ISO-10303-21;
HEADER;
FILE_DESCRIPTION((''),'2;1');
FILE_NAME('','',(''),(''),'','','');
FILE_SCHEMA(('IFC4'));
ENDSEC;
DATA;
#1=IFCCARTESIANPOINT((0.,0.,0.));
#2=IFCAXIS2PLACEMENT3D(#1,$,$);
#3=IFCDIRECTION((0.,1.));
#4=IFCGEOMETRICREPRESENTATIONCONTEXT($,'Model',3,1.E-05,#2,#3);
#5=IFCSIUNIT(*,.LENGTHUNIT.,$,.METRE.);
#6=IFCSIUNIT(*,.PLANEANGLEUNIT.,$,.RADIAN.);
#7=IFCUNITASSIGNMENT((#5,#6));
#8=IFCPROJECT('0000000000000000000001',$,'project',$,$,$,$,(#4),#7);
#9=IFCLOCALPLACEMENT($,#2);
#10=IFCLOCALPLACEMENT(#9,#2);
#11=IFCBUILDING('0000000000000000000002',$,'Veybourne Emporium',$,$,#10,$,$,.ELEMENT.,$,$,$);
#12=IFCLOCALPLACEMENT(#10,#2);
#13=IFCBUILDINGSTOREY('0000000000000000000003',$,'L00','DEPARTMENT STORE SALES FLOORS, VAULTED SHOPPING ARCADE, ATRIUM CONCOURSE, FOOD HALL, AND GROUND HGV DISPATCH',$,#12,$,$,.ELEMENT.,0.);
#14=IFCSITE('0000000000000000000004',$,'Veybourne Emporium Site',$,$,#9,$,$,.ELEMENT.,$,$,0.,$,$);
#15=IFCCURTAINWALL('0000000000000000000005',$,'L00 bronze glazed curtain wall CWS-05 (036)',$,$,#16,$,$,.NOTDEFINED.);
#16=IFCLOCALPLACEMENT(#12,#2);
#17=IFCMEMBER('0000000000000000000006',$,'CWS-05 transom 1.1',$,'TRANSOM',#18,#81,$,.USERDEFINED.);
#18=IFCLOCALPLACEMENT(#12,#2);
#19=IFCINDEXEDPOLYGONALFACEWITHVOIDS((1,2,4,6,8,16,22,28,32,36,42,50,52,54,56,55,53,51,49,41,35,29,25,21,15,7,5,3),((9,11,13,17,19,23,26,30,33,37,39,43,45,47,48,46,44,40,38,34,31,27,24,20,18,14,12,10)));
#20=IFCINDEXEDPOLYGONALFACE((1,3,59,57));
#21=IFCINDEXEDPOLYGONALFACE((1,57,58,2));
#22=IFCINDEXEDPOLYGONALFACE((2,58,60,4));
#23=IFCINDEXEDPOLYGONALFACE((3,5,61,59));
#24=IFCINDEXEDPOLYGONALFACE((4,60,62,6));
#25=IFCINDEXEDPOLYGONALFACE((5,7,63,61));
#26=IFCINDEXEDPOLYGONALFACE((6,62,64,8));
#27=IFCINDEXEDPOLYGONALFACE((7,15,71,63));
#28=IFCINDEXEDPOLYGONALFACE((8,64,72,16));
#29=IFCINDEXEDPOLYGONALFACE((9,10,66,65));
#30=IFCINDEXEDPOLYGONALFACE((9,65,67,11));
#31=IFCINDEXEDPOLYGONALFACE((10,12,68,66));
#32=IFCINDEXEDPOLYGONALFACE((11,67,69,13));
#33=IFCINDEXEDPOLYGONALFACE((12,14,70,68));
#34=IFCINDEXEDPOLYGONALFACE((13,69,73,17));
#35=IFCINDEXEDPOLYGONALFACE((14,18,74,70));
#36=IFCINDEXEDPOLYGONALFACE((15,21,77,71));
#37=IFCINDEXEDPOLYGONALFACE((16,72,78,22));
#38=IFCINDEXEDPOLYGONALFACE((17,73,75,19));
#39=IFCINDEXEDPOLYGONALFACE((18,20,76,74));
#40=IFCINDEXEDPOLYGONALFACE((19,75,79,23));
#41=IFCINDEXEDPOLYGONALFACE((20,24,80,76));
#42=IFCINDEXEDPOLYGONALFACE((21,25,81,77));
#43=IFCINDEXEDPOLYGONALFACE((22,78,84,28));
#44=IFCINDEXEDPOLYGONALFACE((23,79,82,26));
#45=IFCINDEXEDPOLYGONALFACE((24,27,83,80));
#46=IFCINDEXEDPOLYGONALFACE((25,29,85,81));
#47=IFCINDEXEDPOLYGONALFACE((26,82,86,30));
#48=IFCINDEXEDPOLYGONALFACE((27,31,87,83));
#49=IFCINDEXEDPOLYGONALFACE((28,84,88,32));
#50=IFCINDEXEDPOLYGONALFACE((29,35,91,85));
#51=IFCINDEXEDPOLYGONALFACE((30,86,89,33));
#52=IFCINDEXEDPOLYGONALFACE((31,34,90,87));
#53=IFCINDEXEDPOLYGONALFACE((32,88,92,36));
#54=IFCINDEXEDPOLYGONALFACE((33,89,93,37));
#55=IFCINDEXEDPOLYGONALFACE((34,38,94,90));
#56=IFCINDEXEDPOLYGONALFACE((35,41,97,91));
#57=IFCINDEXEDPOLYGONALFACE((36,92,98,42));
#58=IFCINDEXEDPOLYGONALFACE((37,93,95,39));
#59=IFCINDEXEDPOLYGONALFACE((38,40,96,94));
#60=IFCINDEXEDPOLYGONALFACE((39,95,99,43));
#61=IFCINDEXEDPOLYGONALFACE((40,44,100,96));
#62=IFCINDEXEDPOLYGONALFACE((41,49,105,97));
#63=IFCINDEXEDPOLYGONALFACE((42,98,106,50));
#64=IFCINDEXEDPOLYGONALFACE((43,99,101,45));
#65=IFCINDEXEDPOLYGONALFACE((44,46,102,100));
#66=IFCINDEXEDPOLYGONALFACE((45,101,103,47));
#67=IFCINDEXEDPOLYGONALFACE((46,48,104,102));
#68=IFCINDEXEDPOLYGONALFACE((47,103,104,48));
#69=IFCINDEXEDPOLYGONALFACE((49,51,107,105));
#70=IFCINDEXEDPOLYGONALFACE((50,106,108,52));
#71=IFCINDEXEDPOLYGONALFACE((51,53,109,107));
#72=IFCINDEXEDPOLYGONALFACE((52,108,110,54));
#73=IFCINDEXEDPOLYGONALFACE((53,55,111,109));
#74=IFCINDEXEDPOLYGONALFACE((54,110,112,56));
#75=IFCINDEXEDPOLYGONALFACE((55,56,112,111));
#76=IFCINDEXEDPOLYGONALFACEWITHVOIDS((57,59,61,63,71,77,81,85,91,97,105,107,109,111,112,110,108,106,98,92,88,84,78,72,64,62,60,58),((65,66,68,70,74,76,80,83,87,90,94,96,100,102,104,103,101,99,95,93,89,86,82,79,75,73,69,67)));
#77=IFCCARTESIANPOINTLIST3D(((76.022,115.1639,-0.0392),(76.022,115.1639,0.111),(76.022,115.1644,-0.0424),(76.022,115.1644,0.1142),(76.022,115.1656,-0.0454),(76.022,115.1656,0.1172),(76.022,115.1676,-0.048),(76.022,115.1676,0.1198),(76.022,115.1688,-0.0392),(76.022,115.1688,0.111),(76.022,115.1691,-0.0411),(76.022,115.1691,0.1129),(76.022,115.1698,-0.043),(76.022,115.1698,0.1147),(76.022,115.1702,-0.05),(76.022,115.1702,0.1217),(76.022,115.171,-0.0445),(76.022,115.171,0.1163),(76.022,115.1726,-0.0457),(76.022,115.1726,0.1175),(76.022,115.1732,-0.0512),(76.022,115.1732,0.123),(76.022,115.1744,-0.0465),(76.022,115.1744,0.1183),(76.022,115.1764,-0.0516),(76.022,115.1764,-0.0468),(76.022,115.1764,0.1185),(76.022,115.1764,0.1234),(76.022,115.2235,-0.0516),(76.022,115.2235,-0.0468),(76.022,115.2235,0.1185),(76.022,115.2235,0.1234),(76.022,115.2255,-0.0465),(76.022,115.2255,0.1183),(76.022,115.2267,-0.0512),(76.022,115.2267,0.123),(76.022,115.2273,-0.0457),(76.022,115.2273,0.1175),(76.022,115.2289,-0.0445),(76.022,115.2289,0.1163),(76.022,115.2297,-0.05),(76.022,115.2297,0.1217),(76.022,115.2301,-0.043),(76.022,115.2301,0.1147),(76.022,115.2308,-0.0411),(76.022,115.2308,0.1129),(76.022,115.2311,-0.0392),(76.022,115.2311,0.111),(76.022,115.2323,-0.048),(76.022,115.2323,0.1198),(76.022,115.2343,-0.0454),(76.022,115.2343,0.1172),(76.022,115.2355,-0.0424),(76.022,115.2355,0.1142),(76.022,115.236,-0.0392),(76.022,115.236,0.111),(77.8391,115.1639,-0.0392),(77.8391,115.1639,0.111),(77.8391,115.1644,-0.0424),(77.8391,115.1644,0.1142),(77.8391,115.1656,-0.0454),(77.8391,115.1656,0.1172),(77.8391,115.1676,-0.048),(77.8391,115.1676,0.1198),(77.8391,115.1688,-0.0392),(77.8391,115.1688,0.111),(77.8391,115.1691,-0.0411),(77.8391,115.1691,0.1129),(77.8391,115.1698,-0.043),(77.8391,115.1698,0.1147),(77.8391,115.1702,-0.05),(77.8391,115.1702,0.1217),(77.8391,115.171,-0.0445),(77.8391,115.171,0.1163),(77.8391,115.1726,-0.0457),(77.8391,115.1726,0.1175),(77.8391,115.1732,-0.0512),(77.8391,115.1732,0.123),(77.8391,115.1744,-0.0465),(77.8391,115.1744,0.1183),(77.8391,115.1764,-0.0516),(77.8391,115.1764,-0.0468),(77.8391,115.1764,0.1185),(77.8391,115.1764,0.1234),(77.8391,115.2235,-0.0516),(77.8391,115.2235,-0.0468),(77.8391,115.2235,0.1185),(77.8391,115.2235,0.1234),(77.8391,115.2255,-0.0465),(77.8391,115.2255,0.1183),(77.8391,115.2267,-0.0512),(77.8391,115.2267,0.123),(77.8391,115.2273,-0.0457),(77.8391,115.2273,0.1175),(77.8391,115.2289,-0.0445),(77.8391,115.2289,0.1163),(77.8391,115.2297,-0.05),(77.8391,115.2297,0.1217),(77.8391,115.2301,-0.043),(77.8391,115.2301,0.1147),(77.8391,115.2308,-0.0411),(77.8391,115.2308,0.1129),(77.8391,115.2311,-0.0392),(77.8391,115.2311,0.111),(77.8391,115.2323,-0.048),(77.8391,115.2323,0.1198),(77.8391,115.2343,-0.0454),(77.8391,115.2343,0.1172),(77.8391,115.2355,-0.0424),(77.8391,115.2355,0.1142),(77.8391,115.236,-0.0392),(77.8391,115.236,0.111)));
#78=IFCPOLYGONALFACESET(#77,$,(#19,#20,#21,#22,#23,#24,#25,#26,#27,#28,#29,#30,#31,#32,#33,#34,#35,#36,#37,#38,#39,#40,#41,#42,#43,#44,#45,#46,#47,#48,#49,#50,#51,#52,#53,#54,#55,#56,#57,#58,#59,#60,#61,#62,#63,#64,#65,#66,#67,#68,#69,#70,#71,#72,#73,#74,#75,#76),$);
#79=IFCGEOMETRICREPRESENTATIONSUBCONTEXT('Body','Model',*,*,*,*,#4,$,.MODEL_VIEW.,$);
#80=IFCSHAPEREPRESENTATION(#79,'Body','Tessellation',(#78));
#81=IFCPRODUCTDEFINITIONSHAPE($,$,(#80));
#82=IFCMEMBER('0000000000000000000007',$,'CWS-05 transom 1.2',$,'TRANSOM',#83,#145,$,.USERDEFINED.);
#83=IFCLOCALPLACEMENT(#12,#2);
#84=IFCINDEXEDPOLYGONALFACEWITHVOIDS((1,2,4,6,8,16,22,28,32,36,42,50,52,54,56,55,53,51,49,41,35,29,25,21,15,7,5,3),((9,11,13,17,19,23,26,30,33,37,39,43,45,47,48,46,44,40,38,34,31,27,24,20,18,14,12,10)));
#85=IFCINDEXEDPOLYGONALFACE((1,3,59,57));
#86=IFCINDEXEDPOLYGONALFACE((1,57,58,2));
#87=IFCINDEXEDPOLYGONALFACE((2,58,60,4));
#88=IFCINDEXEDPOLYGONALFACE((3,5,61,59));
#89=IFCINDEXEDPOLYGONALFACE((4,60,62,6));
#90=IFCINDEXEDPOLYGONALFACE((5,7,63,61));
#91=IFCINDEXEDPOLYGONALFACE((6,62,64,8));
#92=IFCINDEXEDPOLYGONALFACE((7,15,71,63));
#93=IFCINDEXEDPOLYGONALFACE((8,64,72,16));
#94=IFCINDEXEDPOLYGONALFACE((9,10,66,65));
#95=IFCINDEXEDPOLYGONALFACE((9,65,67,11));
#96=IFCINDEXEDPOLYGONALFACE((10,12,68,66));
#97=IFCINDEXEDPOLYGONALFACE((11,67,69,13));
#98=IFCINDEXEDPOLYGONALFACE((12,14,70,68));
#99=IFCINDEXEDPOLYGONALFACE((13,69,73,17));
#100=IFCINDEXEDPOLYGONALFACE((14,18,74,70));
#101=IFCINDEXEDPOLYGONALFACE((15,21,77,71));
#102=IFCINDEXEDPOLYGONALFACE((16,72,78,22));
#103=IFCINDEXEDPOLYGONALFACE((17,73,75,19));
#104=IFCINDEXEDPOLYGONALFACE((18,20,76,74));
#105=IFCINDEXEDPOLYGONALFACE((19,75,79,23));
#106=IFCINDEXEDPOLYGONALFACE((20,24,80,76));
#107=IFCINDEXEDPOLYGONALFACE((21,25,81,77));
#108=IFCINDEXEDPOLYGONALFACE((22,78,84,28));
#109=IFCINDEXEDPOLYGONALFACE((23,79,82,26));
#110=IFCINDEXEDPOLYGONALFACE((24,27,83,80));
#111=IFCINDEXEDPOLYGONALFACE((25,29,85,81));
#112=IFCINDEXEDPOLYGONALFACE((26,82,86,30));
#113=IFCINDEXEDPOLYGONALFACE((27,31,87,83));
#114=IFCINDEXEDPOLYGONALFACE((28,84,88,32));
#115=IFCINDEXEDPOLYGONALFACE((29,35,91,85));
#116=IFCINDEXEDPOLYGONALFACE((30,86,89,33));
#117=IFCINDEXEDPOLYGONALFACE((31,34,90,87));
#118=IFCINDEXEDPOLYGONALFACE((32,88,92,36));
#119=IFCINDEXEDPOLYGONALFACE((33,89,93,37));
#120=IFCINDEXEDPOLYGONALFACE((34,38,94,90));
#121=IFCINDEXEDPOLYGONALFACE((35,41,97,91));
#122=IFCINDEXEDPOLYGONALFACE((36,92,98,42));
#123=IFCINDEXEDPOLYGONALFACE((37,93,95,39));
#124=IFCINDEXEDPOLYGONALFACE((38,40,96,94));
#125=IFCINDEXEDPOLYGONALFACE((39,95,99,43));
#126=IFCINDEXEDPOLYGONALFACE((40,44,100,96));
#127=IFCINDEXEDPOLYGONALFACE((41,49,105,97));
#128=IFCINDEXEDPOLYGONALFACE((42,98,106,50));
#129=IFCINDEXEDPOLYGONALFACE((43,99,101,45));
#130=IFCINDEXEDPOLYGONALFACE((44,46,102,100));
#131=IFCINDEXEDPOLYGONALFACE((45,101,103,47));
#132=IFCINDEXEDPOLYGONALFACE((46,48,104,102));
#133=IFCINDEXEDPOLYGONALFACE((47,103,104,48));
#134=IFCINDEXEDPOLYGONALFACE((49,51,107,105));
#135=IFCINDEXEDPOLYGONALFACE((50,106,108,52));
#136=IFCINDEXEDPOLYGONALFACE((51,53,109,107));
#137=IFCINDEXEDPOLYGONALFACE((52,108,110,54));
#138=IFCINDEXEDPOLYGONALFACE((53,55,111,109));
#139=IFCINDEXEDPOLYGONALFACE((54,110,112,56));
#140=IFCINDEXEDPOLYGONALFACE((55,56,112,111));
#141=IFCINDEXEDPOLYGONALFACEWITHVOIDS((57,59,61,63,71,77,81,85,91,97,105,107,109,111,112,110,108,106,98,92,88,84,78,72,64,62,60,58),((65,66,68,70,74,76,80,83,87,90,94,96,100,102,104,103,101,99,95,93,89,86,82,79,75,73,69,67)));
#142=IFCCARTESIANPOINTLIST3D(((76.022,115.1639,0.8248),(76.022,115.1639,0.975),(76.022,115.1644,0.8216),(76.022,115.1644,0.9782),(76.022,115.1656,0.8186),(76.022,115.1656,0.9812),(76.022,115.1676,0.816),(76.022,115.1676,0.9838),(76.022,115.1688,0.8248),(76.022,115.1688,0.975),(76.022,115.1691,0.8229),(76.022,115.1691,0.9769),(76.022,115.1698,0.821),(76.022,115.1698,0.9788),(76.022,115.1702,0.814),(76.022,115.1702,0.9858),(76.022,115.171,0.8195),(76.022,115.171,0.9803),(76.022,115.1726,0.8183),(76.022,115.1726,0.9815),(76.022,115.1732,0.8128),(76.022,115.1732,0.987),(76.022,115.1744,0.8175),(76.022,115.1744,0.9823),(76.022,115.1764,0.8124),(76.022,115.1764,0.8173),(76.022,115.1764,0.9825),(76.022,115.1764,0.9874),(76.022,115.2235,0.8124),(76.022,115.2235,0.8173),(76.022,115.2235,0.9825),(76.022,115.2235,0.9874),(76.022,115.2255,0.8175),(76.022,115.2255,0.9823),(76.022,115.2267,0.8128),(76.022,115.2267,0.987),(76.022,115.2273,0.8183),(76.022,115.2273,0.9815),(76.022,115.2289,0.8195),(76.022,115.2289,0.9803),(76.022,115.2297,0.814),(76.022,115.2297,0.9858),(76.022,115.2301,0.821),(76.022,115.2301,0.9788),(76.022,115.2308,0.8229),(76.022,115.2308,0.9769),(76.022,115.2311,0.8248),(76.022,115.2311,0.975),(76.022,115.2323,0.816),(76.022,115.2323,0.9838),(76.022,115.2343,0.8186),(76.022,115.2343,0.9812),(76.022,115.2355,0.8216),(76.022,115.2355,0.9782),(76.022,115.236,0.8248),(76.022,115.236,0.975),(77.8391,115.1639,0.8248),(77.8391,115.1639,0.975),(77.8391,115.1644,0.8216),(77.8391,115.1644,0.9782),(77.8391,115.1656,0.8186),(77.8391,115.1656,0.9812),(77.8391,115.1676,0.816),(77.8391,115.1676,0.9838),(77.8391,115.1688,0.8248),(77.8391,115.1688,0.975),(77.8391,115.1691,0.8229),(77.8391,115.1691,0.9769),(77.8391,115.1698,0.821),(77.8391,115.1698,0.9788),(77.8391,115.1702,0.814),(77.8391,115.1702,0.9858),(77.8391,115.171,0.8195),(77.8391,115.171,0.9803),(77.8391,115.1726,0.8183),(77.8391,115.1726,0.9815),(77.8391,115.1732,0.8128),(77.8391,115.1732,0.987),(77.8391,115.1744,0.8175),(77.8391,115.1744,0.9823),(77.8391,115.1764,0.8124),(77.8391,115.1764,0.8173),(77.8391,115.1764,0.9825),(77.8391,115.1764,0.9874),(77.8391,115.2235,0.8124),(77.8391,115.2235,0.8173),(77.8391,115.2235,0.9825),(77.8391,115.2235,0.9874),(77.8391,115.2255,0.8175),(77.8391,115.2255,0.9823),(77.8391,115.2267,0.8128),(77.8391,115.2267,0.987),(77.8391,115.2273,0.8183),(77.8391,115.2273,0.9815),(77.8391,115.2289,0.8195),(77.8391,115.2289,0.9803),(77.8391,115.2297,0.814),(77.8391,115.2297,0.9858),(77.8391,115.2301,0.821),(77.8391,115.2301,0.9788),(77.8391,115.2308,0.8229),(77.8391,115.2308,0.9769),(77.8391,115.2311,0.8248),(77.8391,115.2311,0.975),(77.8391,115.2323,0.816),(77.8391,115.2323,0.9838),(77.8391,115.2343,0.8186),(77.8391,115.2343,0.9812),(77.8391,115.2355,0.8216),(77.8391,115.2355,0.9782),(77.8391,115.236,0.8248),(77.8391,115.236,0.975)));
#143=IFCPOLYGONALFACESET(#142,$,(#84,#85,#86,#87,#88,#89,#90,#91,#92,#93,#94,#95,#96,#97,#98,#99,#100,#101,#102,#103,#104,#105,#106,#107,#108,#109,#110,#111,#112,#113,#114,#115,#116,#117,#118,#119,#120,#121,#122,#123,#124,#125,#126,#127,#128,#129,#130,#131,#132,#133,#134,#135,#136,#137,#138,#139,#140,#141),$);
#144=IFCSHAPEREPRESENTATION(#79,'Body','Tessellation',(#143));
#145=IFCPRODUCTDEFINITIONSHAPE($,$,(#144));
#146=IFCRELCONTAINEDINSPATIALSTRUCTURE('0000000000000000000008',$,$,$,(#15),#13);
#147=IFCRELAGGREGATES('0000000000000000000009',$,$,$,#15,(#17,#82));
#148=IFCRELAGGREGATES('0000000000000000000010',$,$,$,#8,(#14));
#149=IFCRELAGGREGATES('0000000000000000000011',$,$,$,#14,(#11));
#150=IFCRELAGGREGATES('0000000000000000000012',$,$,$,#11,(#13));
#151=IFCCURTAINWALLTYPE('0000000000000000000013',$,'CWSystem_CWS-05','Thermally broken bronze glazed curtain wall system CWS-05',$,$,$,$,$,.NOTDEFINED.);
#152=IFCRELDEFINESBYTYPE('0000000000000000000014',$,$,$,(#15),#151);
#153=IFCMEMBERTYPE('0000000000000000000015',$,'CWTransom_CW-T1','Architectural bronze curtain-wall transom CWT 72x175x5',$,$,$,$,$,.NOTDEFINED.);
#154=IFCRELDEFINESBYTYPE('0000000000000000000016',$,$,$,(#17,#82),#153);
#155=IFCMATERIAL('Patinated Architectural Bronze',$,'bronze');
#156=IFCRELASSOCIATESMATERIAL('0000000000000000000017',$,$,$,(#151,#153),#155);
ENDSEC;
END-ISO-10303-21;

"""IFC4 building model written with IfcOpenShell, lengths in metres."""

from ifc_helpers import new_model, si_unit, direction, frame, origin, origin_2d, place, context, subcontext, project, spatial, hollow_rectangle, extrude, material, material_profile, profile_set, type_object, element, aggregate, save


model = new_model("IFC4")

# Units and contexts
model_context = context("Model", 3, precision=1e-05, world=origin(), true_north=direction((0.0, 1.0)))
body_context = subcontext(model_context, "Body", "Model", "MODEL_VIEW")
ifc_project = project(units=[si_unit("LENGTHUNIT", "METRE"), si_unit("PLANEANGLEUNIT", "RADIAN")], contexts=[model_context])

# Site, building, storey
site_placement = place(None, origin())
site = spatial("IfcSite", under=ifc_project, at=site_placement, Name="Veybourne Emporium Site", CompositionType="ELEMENT", RefElevation=0.0)
building_placement = place(site_placement, origin())
building = spatial("IfcBuilding", under=site, at=building_placement, Name="Veybourne Emporium", CompositionType="ELEMENT")
storey_placement = place(building_placement, origin())
storey = spatial("IfcBuildingStorey", under=building, at=storey_placement, Name="L00", Description="DEPARTMENT STORE SALES FLOORS, VAULTED SHOPPING ARCADE, ATRIUM CONCOURSE, FOOD HALL, AND GROUND HGV DISPATCH", CompositionType="ELEMENT", Elevation=0.0)

# Curtain wall, members
ifc_material_1 = material(Name="Patinated Architectural Bronze", Category="bronze")
curtain_wall_type = type_object("IfcCurtainWallType", Name="CWSystem_CWS-05", Description="Thermally broken bronze glazed curtain wall system CWS-05", PredefinedType="NOTDEFINED", material=ifc_material_1)
curtain_wall_placement = place(storey_placement, origin())
curtain_wall = element("IfcCurtainWall", 1, at=curtain_wall_placement, inside=storey, type_object=curtain_wall_type, Name="L00 bronze glazed curtain wall CWS-05 (036)", PredefinedType="NOTDEFINED")
ifc_material_profile_1 = material_profile(ifc_material_1, hollow_rectangle(XDim=0.072, YDim=0.175, WallThickness=0.0049, InnerFilletRadius=0.0076, OuterFilletRadius=0.0125, at=origin_2d()), Name="CWT 72x175x5")
ifc_profile_set_1 = profile_set([ifc_material_profile_1], Name="Patinated Architectural Bronze")
member_type_1 = type_object("IfcMemberType", Name="CWTransom_CW-T1", Description="Architectural bronze curtain-wall transom CWT 72x175x5", PredefinedType="NOTDEFINED", material=ifc_profile_set_1)
member_1_placement = place(storey_placement, frame((76.022, 115.2, 0.0359), z_axis=(1.0, 0.0, 0.0), x_axis=(0.0, 1.0, 0.0)))
member_1 = element("IfcMember", 2, at=member_1_placement, type_object=member_type_1, Name="CWS-05 transom 1.1", ObjectType="TRANSOM", PredefinedType="USERDEFINED", context=body_context, shape_type="SweptSolid", body=[
    extrude(hollow_rectangle(XDim=0.072, YDim=0.175, WallThickness=0.0049, InnerFilletRadius=0.0076, OuterFilletRadius=0.0125, at=origin_2d()), origin(), (0.0, 0.0, 1.0), 1.8171),
])
member_2_placement = place(storey_placement, frame((76.022, 115.2, 0.8999), z_axis=(1.0, 0.0, 0.0), x_axis=(0.0, 1.0, 0.0)))
member_2 = element("IfcMember", 3, at=member_2_placement, type_object=member_type_1, Name="CWS-05 transom 1.2", ObjectType="TRANSOM", PredefinedType="USERDEFINED", context=body_context, shape_type="SweptSolid", body=[
    extrude(hollow_rectangle(XDim=0.072, YDim=0.175, WallThickness=0.0049, InnerFilletRadius=0.0076, OuterFilletRadius=0.0125, at=origin_2d()), origin(), (0.0, 0.0, 1.0), 1.8171),
])

aggregate(curtain_wall, [member_1, member_2])

save(model, "model.ifc")
